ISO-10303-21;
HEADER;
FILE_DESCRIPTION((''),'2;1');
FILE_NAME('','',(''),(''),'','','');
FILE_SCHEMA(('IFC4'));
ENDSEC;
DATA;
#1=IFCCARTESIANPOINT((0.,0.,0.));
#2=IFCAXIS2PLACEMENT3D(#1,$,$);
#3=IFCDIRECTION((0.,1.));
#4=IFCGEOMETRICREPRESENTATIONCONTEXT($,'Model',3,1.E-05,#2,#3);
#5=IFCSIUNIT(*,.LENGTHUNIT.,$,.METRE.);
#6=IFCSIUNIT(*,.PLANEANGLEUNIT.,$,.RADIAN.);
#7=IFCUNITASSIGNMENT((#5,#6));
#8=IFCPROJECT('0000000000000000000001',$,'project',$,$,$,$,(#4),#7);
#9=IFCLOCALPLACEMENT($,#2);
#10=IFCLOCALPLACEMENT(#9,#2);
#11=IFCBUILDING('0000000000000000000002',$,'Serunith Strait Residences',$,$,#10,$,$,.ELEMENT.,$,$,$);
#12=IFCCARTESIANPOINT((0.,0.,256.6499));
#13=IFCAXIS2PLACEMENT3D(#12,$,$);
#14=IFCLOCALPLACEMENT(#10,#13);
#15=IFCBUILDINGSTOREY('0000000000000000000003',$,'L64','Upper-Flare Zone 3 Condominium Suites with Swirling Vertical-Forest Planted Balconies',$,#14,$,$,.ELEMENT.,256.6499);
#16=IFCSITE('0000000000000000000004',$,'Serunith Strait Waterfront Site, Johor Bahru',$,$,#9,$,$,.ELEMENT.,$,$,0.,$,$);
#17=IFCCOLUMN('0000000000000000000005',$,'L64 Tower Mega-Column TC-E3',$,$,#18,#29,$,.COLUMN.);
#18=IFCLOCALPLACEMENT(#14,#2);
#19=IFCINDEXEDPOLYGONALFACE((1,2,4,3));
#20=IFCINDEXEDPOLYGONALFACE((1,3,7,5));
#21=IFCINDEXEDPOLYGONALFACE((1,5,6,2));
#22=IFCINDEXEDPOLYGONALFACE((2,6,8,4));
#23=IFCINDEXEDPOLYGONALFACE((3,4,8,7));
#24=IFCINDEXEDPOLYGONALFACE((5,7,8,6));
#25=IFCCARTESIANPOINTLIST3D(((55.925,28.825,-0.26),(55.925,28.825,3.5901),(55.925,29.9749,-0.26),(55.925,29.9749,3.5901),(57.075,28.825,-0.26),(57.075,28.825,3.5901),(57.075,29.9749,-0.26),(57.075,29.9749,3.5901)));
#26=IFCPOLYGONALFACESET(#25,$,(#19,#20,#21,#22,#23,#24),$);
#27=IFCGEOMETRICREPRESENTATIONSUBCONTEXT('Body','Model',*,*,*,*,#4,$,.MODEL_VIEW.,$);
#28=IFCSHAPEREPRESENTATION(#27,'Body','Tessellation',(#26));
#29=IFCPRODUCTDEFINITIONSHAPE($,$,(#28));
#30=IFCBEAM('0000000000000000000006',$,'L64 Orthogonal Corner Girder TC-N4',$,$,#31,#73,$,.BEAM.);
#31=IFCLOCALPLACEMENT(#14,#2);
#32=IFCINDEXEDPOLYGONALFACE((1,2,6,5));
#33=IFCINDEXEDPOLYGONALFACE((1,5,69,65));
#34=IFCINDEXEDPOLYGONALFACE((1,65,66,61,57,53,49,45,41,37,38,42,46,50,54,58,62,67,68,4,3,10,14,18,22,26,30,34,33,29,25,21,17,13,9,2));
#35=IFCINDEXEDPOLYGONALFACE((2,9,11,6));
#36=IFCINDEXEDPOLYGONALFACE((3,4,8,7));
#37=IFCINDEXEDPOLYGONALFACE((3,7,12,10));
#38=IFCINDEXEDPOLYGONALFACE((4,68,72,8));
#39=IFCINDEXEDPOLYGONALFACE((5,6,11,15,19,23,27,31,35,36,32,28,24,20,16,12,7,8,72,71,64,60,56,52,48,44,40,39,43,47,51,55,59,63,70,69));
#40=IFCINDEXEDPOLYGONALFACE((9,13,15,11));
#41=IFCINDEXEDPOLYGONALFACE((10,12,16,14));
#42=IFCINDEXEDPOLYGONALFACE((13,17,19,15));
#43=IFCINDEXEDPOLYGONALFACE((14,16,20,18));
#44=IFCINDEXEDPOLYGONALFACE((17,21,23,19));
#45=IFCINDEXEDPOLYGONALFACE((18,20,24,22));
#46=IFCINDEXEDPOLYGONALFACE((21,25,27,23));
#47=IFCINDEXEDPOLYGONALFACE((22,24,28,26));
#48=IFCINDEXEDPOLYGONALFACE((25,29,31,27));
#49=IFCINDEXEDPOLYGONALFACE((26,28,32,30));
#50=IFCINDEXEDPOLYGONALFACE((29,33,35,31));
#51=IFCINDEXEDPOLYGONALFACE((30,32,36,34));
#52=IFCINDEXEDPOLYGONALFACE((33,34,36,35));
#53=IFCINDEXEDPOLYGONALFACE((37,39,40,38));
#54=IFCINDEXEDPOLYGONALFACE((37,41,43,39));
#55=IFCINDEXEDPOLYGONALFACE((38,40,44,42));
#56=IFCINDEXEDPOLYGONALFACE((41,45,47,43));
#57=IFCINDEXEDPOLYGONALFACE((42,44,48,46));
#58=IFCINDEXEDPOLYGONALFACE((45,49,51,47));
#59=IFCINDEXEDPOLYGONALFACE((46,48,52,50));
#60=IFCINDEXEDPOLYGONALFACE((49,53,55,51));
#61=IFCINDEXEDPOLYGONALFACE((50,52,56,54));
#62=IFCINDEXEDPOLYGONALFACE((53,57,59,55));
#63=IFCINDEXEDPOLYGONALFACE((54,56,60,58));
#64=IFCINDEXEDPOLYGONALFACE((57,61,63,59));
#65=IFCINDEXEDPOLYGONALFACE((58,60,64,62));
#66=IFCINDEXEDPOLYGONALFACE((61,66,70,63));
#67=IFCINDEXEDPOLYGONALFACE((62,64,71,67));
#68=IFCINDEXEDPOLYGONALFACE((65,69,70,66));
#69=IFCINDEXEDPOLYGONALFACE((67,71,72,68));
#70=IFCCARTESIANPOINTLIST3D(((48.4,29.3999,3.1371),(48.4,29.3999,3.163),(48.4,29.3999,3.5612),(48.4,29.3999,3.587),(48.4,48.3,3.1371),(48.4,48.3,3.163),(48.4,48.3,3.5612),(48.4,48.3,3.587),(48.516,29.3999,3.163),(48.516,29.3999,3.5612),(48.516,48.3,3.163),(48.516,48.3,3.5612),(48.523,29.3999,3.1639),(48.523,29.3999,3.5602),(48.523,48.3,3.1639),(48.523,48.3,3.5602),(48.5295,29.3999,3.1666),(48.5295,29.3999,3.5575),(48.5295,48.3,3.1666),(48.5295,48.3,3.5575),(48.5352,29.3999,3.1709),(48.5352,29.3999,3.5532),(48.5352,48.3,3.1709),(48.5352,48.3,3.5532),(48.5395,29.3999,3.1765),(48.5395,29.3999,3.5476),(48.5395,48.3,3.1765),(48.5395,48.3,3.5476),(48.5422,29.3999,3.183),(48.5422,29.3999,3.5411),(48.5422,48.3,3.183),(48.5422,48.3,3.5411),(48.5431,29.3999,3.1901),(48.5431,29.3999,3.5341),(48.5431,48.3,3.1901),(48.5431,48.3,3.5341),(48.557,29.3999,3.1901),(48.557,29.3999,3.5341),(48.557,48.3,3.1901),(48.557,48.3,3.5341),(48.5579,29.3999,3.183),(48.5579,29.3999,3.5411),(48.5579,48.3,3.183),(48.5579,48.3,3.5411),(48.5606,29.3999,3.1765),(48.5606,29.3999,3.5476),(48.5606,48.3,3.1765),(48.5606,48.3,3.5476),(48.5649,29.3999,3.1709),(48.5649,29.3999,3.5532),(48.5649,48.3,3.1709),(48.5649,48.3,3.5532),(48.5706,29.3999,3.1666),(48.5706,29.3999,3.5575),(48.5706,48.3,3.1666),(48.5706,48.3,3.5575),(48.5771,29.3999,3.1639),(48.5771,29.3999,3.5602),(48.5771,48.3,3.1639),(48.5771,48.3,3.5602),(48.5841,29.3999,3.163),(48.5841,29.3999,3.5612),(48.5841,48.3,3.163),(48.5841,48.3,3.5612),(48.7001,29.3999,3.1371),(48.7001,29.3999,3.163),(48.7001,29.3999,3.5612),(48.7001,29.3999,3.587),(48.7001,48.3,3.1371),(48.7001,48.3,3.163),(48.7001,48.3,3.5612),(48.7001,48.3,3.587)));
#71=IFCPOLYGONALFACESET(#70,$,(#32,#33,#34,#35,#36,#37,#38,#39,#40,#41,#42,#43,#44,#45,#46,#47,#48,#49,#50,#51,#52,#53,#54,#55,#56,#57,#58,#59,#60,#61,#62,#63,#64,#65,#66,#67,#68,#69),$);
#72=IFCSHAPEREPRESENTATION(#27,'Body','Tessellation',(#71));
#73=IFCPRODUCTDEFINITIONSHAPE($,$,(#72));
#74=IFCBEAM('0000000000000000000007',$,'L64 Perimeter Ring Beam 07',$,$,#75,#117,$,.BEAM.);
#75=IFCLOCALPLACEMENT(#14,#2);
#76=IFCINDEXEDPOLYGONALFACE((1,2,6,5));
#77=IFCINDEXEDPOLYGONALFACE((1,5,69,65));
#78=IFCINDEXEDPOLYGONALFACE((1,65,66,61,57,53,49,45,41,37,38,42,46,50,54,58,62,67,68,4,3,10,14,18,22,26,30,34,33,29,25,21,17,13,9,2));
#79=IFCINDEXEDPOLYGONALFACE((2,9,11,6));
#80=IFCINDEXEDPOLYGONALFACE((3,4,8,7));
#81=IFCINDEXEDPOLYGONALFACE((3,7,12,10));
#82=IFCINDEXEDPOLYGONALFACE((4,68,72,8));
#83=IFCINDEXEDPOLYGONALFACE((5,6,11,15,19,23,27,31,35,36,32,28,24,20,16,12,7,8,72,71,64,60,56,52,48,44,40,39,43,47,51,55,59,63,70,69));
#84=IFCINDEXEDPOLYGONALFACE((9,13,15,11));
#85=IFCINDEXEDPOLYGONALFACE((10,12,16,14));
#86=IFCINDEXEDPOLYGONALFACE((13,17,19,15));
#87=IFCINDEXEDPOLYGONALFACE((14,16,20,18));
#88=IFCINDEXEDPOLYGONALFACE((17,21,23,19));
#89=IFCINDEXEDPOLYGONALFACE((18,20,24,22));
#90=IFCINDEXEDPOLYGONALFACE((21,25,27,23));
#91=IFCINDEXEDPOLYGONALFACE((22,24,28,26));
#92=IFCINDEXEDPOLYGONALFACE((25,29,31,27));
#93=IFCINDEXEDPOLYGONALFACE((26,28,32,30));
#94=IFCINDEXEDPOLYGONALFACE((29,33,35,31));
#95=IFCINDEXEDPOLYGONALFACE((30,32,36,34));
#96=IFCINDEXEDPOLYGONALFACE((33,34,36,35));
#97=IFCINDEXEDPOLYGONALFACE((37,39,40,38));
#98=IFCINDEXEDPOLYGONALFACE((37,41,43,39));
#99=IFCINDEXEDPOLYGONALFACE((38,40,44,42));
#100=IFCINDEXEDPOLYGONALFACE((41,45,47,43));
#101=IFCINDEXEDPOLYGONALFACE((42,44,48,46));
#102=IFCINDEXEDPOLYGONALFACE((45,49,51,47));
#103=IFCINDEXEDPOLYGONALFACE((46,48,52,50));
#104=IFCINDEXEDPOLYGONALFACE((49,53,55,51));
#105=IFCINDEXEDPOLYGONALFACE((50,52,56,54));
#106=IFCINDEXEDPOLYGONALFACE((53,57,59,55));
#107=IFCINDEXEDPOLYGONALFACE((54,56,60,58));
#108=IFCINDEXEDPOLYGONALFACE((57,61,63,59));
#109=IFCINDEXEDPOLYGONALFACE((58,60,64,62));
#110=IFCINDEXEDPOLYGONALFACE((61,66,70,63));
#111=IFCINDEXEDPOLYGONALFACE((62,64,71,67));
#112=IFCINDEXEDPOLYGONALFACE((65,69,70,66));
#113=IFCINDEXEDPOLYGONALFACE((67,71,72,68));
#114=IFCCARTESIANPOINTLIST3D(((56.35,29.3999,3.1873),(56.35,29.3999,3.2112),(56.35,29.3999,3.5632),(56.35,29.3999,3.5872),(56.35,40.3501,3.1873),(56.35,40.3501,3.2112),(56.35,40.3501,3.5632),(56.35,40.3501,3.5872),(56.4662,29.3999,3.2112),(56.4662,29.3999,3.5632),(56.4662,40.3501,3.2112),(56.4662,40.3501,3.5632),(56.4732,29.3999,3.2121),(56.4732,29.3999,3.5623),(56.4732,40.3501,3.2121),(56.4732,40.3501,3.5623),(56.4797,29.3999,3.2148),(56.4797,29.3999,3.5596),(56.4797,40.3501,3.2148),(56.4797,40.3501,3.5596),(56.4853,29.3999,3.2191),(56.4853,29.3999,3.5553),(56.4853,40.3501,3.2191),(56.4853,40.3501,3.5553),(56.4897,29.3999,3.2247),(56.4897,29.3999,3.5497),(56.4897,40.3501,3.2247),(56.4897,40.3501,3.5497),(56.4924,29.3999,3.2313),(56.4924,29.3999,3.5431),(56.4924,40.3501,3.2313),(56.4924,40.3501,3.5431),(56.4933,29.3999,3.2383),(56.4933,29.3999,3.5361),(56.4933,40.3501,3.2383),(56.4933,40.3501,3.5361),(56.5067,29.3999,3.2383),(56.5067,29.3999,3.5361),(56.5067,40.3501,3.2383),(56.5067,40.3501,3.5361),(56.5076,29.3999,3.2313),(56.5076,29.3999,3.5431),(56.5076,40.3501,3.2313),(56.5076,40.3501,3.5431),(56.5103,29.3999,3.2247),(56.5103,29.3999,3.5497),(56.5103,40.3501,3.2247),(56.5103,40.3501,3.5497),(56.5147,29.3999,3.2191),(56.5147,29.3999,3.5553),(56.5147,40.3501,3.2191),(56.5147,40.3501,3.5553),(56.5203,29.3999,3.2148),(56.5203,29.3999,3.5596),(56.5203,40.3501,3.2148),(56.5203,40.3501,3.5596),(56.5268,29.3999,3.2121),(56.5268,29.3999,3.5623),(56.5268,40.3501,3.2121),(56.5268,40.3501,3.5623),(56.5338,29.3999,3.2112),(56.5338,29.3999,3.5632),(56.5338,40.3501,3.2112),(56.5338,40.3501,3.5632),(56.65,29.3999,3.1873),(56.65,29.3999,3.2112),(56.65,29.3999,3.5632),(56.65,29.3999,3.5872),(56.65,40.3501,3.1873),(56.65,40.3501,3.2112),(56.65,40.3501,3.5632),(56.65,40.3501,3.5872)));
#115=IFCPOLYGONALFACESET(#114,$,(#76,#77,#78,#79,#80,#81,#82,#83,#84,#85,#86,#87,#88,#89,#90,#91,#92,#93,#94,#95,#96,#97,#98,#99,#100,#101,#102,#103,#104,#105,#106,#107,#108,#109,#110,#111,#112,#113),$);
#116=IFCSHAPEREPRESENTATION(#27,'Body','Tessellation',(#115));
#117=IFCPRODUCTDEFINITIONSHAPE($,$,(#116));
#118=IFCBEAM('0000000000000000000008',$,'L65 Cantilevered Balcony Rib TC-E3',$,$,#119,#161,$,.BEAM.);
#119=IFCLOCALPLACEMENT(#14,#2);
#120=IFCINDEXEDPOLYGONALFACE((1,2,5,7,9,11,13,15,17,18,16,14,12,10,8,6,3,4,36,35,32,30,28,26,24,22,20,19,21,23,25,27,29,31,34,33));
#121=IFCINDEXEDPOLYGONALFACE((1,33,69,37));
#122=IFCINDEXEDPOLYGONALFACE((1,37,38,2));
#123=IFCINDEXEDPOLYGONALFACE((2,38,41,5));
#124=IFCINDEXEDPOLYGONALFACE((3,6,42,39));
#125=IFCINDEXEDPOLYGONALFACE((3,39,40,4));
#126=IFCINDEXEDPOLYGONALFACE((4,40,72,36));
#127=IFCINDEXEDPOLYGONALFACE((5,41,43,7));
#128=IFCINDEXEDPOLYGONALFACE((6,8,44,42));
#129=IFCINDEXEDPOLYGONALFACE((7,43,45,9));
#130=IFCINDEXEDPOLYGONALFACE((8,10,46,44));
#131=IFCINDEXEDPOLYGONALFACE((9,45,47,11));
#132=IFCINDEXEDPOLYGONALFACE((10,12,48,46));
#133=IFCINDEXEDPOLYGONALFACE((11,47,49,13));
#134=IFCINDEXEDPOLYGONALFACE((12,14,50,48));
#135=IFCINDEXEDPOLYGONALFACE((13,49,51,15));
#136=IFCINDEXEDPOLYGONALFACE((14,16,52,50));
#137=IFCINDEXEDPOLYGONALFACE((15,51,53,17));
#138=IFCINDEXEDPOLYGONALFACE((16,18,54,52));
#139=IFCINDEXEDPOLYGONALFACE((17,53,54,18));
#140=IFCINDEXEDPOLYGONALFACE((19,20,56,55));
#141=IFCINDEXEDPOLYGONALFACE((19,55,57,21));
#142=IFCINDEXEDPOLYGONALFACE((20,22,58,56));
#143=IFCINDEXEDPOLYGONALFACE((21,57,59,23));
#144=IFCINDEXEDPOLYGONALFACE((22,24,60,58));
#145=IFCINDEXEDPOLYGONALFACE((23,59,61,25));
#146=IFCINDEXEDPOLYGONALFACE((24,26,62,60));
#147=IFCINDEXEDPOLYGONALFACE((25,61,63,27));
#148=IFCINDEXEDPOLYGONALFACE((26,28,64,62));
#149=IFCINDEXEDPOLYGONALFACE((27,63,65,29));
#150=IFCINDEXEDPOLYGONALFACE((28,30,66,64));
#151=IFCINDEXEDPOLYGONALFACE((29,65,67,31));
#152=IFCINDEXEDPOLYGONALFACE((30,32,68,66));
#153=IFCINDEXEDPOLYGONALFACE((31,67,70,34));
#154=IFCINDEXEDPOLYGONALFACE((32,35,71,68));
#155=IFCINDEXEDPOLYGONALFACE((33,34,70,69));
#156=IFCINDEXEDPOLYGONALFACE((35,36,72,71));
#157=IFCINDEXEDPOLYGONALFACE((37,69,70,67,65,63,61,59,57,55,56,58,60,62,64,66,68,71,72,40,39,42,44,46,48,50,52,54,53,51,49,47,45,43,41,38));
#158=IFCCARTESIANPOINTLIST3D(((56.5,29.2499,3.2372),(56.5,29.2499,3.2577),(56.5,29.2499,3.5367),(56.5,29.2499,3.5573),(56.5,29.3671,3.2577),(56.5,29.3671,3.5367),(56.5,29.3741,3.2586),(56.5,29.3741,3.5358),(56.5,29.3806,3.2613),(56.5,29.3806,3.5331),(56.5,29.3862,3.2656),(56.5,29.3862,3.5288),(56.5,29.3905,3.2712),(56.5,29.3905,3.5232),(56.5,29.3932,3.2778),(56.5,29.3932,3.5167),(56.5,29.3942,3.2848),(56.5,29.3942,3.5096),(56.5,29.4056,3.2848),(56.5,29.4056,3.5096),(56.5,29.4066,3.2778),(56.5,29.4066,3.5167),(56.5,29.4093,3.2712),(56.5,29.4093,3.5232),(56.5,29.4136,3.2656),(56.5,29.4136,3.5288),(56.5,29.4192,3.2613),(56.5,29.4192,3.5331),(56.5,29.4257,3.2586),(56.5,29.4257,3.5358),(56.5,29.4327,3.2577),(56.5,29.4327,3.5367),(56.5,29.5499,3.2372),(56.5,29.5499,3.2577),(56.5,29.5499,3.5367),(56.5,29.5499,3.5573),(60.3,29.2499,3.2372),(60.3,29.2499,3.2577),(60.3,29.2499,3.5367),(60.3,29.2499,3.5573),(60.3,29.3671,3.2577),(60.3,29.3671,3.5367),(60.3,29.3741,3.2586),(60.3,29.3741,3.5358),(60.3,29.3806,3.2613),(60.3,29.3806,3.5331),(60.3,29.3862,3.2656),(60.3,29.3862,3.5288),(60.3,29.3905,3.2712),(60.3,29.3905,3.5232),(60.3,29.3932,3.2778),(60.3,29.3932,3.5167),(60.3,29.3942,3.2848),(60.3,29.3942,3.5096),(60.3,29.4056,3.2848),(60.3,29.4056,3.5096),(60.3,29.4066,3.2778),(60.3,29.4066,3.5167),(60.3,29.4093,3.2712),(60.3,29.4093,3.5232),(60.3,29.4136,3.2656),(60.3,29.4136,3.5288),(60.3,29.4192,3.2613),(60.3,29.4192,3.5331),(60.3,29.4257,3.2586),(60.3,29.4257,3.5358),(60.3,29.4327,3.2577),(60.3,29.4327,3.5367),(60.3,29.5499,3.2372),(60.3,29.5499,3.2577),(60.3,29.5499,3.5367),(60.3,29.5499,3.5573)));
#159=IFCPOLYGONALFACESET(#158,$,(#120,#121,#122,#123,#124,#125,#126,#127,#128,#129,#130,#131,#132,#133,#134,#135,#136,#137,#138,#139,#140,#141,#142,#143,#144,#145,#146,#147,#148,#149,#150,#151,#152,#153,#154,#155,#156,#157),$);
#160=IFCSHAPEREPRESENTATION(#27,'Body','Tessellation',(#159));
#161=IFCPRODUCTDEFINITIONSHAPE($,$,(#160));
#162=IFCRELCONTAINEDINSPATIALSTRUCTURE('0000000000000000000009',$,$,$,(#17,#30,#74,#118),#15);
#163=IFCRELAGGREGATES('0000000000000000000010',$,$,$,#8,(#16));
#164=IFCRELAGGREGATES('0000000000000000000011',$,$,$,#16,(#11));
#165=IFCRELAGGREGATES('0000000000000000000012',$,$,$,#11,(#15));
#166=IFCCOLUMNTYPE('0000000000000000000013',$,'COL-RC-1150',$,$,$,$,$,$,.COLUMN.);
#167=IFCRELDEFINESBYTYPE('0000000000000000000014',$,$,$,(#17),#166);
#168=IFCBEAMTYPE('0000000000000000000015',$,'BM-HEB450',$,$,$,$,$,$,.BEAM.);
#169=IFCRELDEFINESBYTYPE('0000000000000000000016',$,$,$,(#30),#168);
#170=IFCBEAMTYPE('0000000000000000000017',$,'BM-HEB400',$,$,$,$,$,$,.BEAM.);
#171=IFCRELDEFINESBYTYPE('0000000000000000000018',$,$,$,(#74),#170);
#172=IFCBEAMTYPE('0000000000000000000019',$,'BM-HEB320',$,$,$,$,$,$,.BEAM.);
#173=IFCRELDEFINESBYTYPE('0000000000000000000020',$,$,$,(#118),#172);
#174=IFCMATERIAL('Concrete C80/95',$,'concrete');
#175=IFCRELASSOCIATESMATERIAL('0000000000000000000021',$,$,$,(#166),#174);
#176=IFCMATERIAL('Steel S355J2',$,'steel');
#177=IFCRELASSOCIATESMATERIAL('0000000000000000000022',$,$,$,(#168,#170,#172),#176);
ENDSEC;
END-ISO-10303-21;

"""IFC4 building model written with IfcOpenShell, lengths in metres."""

from ifc_helpers import new_model, si_unit, direction, frame, origin, origin_2d, place, context, subcontext, project, spatial, rectangle, i_section, extrude, source, transform, mapped, material, material_profile, profile_set, type_object, element, save


model = new_model("IFC4")

# Units and contexts
model_context = context("Model", 3, precision=1e-05, world=origin(), true_north=direction((0.0, 1.0)))
body_context = subcontext(model_context, "Body", "Model", "MODEL_VIEW")
ifc_project = project(units=[si_unit("LENGTHUNIT", "METRE"), si_unit("PLANEANGLEUNIT", "RADIAN")], contexts=[model_context])

# Site, building, storey
site_placement = place(None, origin())
site = spatial("IfcSite", under=ifc_project, at=site_placement, Name="Serunith Strait Waterfront Site, Johor Bahru", CompositionType="ELEMENT", RefElevation=0.0)
building_placement = place(site_placement, origin())
building = spatial("IfcBuilding", under=site, at=building_placement, Name="Serunith Strait Residences", CompositionType="ELEMENT")
storey_placement = place(building_placement, frame((0.0, 0.0, 256.6499)))
storey = spatial("IfcBuildingStorey", under=building, at=storey_placement, Name="L64", Description="Upper-Flare Zone 3 Condominium Suites with Swirling Vertical-Forest Planted Balconies", CompositionType="ELEMENT", Elevation=256.6499)

# Column
ifc_material_1 = material(Name="Concrete C80/95", Category="concrete")
ifc_material_profile_1 = material_profile(ifc_material_1, rectangle(XDim=1.1499, YDim=1.1499, at=origin_2d()), Name="RC 1150x1150")
ifc_profile_set_1 = profile_set([ifc_material_profile_1], Name="Concrete C80/95")
column_type = type_object("IfcColumnType", Name="COL-RC-1150", PredefinedType="COLUMN", material=ifc_profile_set_1)
shared_shape_1 = source(origin(), body_context, "Body", "SweptSolid", [
    extrude(rectangle(XDim=1.1499, YDim=1.1499, at=origin_2d()), origin(), (0.0, 0.0, 1.0), 3.8501),
])
column_placement = place(storey_placement, frame((56.5, 29.3999, -0.26), z_axis=(0.0, 0.0, 1.0), x_axis=(1.0, 0.0, 0.0)))
element("IfcColumn", 1, at=column_placement, inside=storey, type_object=column_type, Name="L64 Tower Mega-Column TC-E3", PredefinedType="COLUMN", context=body_context, shape_type="MappedRepresentation", body=[
    mapped(shared_shape_1, transform((0.0, 0.0, 0.0), scale=1.0)),
])

# Beams
ifc_material_2 = material(Name="Steel S355J2", Category="steel")
ifc_material_profile_2 = material_profile(ifc_material_2, i_section(OverallWidth=0.3, OverallDepth=0.45, WebThickness=0.0139, FlangeThickness=0.0259, FilletRadius=0.0271, at=origin_2d()), Name="HEB 450")
ifc_profile_set_2 = profile_set([ifc_material_profile_2], Name="Steel S355J2")
beam_type_1 = type_object("IfcBeamType", Name="BM-HEB450", PredefinedType="BEAM", material=ifc_profile_set_2)
shared_shape_2 = source(origin(), body_context, "Body", "SweptSolid", [
    extrude(i_section(OverallWidth=0.3, OverallDepth=0.45, WebThickness=0.0139, FlangeThickness=0.0259, FilletRadius=0.0271, at=origin_2d()), origin(), (0.0, 0.0, 1.0), 18.9001),
])
beam_1_placement = place(storey_placement, frame((48.55, 29.3999, 3.3621), z_axis=(0.0, 1.0, 0.0), x_axis=(-1.0, 0.0, 0.0)))
element("IfcBeam", 2, at=beam_1_placement, inside=storey, type_object=beam_type_1, Name="L64 Orthogonal Corner Girder TC-N4", PredefinedType="BEAM", context=body_context, shape_type="MappedRepresentation", body=[
    mapped(shared_shape_2, transform((0.0, 0.0, 0.0), scale=1.0)),
])
ifc_material_profile_3 = material_profile(ifc_material_2, i_section(OverallWidth=0.3, OverallDepth=0.3999, WebThickness=0.0134, FlangeThickness=0.0239, FilletRadius=0.0271, at=origin_2d()), Name="HEB 400")
ifc_profile_set_3 = profile_set([ifc_material_profile_3], Name="Steel S355J2")
beam_type_2 = type_object("IfcBeamType", Name="BM-HEB400", PredefinedType="BEAM", material=ifc_profile_set_3)
shared_shape_3 = source(origin(), body_context, "Body", "SweptSolid", [
    extrude(i_section(OverallWidth=0.3, OverallDepth=0.3999, WebThickness=0.0134, FlangeThickness=0.0239, FilletRadius=0.0271, at=origin_2d()), origin(), (0.0, 0.0, 1.0), 10.9502),
])
beam_2_placement = place(storey_placement, frame((56.5, 29.3999, 3.3872), z_axis=(0.0, 1.0, 0.0), x_axis=(-1.0, 0.0, 0.0)))
element("IfcBeam", 3, at=beam_2_placement, inside=storey, type_object=beam_type_2, Name="L64 Perimeter Ring Beam 07", PredefinedType="BEAM", context=body_context, shape_type="MappedRepresentation", body=[
    mapped(shared_shape_3, transform((0.0, 0.0, 0.0), scale=1.0)),
])
ifc_material_profile_4 = material_profile(ifc_material_2, i_section(OverallWidth=0.3, OverallDepth=0.3201, WebThickness=0.0115, FlangeThickness=0.0205, FilletRadius=0.0271, at=origin_2d()), Name="HEB 320")
ifc_profile_set_4 = profile_set([ifc_material_profile_4], Name="Steel S355J2")
beam_type_3 = type_object("IfcBeamType", Name="BM-HEB320", PredefinedType="BEAM", material=ifc_profile_set_4)
shared_shape_4 = source(origin(), body_context, "Body", "SweptSolid", [
    extrude(i_section(OverallWidth=0.3, OverallDepth=0.3201, WebThickness=0.0115, FlangeThickness=0.0205, FilletRadius=0.0271, at=origin_2d()), origin(), (0.0, 0.0, 1.0), 3.8),
])
beam_3_placement = place(storey_placement, frame((56.5, 29.3999, 3.3972), z_axis=(1.0, 0.0, 0.0), x_axis=(0.0, 1.0, 0.0)))
element("IfcBeam", 4, at=beam_3_placement, inside=storey, type_object=beam_type_3, Name="L65 Cantilevered Balcony Rib TC-E3", PredefinedType="BEAM", context=body_context, shape_type="MappedRepresentation", body=[
    mapped(shared_shape_4, transform((0.0, 0.0, 0.0), scale=1.0)),
])

save(model, "model.ifc")
